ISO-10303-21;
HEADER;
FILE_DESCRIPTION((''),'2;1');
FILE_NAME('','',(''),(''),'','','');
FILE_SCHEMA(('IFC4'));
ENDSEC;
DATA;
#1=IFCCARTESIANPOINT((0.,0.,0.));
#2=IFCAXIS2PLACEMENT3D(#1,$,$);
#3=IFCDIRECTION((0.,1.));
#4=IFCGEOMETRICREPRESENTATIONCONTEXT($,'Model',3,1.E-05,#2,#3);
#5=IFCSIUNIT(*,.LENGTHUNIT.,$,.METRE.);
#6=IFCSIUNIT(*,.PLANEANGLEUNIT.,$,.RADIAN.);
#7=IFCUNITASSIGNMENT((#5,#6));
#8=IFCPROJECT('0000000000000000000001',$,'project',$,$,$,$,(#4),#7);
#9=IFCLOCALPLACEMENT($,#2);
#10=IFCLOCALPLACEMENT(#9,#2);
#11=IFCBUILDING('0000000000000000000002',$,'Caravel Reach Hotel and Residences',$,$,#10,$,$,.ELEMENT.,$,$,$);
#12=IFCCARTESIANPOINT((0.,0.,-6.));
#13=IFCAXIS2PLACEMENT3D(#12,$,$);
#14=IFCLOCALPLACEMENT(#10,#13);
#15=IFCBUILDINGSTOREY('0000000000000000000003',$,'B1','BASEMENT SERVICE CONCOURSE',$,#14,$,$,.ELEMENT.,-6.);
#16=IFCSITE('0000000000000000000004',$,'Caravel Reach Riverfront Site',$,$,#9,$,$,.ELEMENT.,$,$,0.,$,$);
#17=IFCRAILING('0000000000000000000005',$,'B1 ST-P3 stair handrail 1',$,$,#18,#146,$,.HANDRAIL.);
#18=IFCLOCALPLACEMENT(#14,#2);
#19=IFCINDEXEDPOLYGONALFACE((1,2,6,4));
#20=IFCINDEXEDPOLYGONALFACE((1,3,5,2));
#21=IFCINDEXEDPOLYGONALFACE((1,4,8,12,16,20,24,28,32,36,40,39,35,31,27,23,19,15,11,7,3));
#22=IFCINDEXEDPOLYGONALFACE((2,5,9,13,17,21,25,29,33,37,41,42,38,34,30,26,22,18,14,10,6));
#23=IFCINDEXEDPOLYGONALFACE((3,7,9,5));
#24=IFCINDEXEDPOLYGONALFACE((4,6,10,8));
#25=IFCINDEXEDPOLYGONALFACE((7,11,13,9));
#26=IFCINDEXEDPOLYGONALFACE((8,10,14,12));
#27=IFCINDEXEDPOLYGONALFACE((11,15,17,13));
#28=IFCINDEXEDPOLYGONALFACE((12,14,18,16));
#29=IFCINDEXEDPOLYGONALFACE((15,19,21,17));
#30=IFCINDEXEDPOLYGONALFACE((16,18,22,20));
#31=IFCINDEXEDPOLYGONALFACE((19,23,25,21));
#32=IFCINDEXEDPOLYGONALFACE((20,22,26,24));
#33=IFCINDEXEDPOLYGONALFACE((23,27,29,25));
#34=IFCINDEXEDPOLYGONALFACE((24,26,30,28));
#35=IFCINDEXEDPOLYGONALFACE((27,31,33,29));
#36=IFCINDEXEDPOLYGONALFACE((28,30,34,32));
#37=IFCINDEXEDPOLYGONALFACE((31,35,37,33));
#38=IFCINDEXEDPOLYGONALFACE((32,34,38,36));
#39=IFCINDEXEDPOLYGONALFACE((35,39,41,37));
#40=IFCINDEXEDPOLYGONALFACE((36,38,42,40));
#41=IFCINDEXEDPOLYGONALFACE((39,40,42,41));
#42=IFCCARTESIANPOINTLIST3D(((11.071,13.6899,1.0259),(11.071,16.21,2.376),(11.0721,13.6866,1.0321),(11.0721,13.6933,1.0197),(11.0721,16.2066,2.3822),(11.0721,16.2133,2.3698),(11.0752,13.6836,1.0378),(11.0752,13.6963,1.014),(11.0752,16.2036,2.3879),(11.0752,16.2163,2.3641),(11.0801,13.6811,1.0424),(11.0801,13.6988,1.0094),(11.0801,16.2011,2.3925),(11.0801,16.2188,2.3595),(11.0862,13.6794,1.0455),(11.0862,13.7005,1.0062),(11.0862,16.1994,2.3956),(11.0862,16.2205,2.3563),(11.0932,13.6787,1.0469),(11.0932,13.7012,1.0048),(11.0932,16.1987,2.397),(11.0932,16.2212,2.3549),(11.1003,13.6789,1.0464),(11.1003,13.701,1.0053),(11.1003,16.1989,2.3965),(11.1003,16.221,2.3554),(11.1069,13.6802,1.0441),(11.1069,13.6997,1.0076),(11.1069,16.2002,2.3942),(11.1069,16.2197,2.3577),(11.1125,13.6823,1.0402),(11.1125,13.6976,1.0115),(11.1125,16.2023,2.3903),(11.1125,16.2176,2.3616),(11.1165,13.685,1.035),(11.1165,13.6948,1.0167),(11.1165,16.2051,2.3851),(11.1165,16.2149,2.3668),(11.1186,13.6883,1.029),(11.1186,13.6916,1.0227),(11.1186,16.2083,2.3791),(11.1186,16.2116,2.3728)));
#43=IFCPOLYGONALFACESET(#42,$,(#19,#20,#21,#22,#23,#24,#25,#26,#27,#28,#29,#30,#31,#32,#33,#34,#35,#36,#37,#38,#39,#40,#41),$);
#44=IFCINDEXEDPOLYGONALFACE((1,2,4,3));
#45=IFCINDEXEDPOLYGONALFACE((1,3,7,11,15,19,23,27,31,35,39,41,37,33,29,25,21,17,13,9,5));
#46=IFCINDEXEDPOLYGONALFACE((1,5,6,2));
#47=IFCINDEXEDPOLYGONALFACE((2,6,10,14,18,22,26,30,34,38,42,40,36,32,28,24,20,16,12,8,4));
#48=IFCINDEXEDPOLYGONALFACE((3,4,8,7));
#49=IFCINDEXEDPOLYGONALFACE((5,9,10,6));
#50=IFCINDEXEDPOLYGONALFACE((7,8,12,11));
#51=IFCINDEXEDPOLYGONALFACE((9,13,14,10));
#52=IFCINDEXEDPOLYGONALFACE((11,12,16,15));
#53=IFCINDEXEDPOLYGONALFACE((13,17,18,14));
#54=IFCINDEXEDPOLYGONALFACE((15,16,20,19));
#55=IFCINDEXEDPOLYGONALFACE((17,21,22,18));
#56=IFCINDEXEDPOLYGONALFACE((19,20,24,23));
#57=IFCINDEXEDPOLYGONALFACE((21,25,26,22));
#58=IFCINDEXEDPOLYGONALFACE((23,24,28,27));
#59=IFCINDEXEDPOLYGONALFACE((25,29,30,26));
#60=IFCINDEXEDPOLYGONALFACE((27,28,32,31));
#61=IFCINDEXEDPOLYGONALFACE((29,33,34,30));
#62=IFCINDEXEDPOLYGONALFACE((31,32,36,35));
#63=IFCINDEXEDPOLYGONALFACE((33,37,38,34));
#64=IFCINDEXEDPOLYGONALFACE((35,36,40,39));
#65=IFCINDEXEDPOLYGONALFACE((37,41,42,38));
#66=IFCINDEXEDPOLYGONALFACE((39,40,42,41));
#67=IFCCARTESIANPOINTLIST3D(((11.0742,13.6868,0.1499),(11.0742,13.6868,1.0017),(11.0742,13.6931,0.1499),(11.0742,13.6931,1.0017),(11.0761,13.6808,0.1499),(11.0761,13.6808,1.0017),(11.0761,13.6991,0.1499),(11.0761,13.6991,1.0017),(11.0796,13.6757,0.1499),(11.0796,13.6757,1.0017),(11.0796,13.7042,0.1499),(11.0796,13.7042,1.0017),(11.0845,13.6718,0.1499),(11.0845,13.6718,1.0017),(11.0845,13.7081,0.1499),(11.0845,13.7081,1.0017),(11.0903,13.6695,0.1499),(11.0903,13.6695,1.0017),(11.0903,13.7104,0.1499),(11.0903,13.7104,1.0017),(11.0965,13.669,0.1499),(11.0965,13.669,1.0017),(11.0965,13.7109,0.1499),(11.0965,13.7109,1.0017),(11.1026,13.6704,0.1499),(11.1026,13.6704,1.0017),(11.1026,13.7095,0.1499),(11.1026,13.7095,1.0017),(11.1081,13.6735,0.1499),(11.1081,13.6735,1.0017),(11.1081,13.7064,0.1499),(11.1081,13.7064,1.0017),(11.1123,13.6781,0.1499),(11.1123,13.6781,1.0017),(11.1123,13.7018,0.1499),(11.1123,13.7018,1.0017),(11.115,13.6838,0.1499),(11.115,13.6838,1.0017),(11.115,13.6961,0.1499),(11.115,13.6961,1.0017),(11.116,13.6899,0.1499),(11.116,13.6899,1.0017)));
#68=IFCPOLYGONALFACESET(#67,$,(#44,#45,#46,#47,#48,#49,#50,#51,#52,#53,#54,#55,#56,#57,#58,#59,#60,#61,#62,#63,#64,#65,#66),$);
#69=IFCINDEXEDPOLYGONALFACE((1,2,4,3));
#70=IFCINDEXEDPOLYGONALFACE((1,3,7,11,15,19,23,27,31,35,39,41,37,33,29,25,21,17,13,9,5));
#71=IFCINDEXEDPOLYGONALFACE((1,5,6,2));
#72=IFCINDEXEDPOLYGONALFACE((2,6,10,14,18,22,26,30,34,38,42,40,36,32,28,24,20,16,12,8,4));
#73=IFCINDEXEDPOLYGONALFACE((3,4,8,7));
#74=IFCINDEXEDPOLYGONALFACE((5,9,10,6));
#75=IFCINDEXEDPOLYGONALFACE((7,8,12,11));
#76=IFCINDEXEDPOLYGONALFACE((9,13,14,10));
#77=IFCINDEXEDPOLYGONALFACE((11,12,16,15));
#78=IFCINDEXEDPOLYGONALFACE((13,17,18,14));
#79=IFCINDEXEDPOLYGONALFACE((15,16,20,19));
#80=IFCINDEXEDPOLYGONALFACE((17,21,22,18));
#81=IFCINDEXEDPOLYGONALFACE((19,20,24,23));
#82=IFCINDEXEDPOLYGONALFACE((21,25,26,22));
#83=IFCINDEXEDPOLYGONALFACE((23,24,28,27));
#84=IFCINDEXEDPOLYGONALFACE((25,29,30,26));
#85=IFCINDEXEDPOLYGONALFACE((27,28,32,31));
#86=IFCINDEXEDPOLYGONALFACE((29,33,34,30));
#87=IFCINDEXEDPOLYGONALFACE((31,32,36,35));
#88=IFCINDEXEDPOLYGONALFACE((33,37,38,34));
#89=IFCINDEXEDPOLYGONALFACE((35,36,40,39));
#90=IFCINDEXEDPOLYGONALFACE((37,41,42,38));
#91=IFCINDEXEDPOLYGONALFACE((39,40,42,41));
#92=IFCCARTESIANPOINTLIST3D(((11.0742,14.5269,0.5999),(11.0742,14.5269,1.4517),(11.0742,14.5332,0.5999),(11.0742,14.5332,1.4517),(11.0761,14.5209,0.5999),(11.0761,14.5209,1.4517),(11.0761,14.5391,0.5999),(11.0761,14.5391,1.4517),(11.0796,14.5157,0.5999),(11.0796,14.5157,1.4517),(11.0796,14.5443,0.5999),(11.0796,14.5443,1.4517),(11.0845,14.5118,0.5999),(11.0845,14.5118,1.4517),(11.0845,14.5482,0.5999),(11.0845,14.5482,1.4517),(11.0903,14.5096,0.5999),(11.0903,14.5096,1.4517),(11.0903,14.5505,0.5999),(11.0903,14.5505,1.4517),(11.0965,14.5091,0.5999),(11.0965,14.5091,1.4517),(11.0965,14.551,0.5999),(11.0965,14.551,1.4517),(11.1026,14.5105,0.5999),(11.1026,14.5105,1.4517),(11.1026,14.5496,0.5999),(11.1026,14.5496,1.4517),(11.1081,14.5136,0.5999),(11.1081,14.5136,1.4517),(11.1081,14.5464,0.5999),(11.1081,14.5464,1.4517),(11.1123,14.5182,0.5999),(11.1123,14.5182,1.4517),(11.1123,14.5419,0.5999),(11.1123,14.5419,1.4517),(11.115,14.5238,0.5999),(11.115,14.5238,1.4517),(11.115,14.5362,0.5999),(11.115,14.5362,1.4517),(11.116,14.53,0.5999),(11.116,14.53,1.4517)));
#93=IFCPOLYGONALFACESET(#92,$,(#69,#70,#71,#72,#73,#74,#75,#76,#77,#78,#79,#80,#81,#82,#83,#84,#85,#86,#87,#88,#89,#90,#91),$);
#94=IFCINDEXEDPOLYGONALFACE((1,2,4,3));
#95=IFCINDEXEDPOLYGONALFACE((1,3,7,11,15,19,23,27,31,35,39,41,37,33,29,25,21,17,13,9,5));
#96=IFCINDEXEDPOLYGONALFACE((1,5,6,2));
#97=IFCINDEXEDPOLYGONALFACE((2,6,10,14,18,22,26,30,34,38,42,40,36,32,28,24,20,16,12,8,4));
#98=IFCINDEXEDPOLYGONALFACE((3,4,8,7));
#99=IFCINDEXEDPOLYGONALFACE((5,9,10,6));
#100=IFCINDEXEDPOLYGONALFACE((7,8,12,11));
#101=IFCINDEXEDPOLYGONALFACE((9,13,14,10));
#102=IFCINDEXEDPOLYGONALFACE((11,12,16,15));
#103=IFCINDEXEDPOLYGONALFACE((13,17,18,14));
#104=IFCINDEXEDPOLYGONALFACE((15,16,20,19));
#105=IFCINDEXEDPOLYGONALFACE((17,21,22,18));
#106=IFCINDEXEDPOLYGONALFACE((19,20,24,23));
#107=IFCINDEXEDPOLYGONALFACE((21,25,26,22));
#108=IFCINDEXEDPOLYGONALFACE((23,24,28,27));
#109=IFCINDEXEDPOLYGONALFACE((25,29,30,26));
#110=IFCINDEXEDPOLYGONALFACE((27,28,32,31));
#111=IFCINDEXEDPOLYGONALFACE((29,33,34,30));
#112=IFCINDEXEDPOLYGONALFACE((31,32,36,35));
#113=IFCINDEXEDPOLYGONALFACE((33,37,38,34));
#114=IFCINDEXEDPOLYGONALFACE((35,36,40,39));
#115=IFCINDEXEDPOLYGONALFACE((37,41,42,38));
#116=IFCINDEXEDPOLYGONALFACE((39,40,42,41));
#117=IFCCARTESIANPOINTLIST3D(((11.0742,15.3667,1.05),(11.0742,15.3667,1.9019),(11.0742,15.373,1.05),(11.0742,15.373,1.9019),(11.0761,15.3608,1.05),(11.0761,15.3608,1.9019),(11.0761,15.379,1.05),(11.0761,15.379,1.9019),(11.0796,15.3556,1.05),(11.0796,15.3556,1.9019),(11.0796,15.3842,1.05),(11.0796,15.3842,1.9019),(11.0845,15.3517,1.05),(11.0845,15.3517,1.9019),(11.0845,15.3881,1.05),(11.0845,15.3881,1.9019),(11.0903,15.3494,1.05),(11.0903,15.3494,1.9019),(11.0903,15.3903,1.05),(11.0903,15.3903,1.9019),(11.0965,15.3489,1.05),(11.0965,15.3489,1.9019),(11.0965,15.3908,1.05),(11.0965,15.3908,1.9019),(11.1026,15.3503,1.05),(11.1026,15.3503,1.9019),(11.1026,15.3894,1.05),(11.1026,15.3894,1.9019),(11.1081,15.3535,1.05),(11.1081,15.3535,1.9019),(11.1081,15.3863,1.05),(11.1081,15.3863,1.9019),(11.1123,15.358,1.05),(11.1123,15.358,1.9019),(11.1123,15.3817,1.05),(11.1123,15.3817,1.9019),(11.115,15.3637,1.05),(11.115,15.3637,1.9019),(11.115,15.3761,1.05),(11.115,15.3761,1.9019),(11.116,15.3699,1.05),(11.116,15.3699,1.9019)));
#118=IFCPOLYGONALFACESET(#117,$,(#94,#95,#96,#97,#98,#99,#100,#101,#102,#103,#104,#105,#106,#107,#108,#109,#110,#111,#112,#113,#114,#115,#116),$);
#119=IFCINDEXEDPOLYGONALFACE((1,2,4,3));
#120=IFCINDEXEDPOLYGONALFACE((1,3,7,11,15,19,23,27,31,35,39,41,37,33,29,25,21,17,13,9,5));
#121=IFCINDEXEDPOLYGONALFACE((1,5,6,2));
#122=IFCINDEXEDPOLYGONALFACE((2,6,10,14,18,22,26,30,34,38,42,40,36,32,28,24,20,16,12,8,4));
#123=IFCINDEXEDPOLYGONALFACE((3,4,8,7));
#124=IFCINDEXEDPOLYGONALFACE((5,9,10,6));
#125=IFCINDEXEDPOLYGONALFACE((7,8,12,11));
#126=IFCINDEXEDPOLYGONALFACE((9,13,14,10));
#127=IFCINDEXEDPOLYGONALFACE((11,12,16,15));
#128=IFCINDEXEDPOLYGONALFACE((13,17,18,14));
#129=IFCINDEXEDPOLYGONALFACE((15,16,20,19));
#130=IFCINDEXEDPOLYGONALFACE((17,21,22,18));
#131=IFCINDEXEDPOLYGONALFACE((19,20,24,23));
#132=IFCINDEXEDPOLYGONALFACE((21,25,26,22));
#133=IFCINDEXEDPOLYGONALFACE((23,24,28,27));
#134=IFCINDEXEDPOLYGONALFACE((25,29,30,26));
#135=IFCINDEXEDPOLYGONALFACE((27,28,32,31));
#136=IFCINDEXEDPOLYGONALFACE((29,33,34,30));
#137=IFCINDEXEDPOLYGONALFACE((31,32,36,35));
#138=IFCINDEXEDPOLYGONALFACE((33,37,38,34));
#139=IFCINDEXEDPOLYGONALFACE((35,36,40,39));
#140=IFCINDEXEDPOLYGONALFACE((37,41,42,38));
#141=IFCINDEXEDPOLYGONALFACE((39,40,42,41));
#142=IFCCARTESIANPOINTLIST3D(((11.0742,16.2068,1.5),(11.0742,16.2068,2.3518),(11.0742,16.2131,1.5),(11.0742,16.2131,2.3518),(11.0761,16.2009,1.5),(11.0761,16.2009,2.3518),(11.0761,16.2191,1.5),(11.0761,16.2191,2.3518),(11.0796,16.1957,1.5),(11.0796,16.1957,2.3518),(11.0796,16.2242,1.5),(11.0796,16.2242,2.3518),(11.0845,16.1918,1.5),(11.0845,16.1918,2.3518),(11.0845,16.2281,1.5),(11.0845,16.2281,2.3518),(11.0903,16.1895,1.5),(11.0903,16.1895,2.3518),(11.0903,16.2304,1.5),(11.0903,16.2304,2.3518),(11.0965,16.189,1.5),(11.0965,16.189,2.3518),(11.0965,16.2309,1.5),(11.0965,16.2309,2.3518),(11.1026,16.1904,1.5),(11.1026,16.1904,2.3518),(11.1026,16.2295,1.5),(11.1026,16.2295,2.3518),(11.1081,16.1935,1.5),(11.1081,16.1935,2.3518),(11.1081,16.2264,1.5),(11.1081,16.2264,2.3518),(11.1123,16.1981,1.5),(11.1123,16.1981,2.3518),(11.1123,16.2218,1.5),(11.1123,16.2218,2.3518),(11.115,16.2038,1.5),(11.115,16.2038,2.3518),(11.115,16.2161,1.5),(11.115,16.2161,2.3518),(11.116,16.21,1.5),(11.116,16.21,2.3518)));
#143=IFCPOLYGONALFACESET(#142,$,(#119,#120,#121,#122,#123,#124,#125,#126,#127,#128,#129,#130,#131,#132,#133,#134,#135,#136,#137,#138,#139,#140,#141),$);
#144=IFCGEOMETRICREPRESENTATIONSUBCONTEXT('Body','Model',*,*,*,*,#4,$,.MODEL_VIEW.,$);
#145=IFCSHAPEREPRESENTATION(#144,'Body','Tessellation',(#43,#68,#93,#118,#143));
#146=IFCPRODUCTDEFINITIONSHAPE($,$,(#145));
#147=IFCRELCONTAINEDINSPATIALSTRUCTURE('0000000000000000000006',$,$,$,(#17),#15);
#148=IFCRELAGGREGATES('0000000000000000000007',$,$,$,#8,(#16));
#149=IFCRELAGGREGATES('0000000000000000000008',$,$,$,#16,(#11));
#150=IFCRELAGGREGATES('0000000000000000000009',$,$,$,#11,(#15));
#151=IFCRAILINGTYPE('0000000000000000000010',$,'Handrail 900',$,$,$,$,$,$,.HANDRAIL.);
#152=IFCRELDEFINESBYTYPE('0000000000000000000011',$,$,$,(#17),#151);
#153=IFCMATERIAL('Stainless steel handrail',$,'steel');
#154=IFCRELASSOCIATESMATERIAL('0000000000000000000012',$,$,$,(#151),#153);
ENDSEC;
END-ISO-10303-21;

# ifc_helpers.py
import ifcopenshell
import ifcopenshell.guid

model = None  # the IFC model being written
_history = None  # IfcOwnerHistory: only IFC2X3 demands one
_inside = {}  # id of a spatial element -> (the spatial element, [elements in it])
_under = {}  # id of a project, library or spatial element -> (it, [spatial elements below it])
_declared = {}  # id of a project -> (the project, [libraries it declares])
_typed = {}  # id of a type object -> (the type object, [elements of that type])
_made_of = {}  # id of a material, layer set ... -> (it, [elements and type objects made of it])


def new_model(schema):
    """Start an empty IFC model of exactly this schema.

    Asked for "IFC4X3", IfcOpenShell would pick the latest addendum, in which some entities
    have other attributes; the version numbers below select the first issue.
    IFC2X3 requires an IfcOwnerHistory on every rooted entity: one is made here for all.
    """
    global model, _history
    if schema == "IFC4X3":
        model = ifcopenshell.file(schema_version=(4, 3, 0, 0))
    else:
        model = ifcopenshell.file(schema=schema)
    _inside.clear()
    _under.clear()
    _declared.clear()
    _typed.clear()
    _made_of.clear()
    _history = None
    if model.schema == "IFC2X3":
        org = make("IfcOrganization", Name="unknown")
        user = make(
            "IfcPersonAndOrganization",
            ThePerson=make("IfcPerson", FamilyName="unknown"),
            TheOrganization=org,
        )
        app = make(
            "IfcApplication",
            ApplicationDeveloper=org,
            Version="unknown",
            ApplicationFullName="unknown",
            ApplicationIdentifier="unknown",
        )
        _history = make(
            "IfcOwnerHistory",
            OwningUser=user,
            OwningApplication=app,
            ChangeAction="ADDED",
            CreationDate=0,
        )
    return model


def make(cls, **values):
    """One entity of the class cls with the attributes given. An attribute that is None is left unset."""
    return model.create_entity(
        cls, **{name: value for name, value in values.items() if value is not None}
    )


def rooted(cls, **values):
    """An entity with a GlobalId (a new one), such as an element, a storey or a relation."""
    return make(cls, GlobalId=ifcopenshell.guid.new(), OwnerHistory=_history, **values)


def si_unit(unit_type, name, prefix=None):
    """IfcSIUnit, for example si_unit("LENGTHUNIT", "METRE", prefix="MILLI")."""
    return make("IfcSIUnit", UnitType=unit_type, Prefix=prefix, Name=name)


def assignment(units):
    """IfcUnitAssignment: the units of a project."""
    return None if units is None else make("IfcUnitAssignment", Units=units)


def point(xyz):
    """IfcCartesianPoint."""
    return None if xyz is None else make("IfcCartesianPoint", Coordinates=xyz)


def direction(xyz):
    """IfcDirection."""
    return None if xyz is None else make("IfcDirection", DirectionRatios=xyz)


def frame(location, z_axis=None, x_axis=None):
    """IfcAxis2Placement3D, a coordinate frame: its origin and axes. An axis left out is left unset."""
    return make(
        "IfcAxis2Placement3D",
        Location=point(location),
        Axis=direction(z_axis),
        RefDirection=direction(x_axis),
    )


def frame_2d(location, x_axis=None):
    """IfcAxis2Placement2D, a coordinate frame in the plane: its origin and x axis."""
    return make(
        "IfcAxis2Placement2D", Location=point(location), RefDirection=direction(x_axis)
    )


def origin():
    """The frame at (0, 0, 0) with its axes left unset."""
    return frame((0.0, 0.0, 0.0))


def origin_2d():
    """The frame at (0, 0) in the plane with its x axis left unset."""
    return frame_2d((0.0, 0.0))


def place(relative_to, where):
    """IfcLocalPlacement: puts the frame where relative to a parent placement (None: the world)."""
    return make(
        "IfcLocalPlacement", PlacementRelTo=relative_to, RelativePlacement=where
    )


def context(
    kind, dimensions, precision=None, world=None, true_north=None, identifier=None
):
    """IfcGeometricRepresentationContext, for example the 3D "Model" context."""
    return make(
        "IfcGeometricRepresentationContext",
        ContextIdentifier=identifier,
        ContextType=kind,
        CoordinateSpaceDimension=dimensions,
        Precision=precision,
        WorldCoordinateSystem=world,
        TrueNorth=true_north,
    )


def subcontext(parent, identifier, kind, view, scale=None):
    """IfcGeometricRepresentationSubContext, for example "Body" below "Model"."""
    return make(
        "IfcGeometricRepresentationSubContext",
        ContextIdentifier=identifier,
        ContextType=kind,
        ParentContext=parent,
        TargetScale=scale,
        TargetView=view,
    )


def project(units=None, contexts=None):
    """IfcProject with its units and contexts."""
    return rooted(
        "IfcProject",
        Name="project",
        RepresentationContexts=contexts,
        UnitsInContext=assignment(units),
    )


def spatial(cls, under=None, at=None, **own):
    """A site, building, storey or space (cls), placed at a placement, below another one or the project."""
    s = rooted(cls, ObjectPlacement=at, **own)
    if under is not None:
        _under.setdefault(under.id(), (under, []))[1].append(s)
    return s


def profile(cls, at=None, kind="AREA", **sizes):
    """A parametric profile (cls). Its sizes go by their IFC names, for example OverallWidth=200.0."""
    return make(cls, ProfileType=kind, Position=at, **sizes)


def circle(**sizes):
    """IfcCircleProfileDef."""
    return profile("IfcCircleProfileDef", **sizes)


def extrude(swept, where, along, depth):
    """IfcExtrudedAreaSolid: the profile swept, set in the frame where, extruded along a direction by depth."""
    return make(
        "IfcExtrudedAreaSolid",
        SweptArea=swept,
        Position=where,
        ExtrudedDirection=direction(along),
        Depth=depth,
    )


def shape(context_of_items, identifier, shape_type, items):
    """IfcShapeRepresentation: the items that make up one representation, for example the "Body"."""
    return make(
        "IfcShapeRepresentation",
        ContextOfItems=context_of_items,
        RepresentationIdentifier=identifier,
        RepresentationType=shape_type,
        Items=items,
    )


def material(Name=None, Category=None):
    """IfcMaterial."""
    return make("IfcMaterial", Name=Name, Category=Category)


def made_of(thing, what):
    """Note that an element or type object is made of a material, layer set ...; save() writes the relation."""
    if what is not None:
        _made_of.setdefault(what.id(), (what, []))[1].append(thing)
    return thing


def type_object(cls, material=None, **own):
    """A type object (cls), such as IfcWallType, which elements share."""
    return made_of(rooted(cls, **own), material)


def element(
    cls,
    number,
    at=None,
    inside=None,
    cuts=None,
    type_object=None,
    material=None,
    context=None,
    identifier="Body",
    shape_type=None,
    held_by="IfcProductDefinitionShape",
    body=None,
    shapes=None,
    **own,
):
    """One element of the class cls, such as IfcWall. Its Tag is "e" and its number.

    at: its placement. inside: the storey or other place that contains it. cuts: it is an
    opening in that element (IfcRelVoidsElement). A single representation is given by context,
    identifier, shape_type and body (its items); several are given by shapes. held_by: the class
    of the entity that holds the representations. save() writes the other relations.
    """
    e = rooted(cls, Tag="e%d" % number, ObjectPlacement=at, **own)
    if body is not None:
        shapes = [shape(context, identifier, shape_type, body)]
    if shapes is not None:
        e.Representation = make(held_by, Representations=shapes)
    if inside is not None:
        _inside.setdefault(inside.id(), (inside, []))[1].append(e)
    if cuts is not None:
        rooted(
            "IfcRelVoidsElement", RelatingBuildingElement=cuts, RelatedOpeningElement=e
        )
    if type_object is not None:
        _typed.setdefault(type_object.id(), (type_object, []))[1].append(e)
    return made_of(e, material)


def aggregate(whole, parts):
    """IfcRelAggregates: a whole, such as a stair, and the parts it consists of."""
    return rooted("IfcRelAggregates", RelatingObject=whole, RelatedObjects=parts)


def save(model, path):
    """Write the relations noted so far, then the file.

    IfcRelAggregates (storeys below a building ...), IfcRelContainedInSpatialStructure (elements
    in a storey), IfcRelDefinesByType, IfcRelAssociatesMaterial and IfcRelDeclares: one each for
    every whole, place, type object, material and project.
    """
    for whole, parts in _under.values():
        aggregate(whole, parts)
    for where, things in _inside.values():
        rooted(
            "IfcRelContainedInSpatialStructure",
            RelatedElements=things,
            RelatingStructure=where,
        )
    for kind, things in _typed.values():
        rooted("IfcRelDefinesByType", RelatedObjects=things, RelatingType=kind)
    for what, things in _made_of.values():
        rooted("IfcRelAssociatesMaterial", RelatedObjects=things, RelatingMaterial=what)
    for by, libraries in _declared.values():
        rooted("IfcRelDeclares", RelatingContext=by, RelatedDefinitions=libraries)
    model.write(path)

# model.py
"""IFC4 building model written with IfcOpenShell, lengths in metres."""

from ifc_helpers import new_model, si_unit, direction, frame, origin, origin_2d, place, context, subcontext, project, spatial, circle, extrude, material, type_object, element, save


model = new_model("IFC4")

# Units and contexts
model_context = context("Model", 3, precision=1e-05, world=origin(), true_north=direction((0.0, 1.0)))
body_context = subcontext(model_context, "Body", "Model", "MODEL_VIEW")
ifc_project = project(units=[si_unit("LENGTHUNIT", "METRE"), si_unit("PLANEANGLEUNIT", "RADIAN")], contexts=[model_context])

# Site, building, storey
site_placement = place(None, origin())
site = spatial("IfcSite", under=ifc_project, at=site_placement, Name="Caravel Reach Riverfront Site", CompositionType="ELEMENT", RefElevation=0.0)
building_placement = place(site_placement, origin())
building = spatial("IfcBuilding", under=site, at=building_placement, Name="Caravel Reach Hotel and Residences", CompositionType="ELEMENT")
storey_placement = place(building_placement, frame((0.0, 0.0, -6.0)))
storey = spatial("IfcBuildingStorey", under=building, at=storey_placement, Name="B1", Description="BASEMENT SERVICE CONCOURSE", CompositionType="ELEMENT", Elevation=-6.0)

# Railing
ifc_material_1 = material(Name="Stainless steel handrail", Category="steel")
railing_type_1 = type_object("IfcRailingType", Name="Handrail 900", PredefinedType="HANDRAIL", material=ifc_material_1)
for number, where, name in (
    (1, (11.095, 13.6899, 0.1499), "B1 ST-P3 stair handrail 1"),
):
    element("IfcRailing", number, at=place(storey_placement, frame(where)), inside=storey, type_object=railing_type_1, Name=name, PredefinedType="HANDRAIL", context=body_context, shape_type="SweptSolid", body=[
        extrude(circle(Radius=0.0239, at=origin_2d()), frame((0.0, 0.0, 0.876), z_axis=(0.0, 0.881467, 0.472245), x_axis=(-1.0, 0.0, 0.0)), (0.0, 0.0, 1.0), 2.8589),
        extrude(circle(Radius=0.021, at=origin_2d()), origin(), (0.0, 0.0, 1.0), 0.8518),
        extrude(circle(Radius=0.021, at=origin_2d()), frame((0.0, 0.8401, 0.45)), (0.0, 0.0, 1.0), 0.8518),
        extrude(circle(Radius=0.021, at=origin_2d()), frame((0.0, 1.6799, 0.9001)), (0.0, 0.0, 1.0), 0.8518),
        extrude(circle(Radius=0.021, at=origin_2d()), frame((0.0, 2.52, 1.3501)), (0.0, 0.0, 1.0), 0.8518),
    ])

save(model, "model.ifc")
